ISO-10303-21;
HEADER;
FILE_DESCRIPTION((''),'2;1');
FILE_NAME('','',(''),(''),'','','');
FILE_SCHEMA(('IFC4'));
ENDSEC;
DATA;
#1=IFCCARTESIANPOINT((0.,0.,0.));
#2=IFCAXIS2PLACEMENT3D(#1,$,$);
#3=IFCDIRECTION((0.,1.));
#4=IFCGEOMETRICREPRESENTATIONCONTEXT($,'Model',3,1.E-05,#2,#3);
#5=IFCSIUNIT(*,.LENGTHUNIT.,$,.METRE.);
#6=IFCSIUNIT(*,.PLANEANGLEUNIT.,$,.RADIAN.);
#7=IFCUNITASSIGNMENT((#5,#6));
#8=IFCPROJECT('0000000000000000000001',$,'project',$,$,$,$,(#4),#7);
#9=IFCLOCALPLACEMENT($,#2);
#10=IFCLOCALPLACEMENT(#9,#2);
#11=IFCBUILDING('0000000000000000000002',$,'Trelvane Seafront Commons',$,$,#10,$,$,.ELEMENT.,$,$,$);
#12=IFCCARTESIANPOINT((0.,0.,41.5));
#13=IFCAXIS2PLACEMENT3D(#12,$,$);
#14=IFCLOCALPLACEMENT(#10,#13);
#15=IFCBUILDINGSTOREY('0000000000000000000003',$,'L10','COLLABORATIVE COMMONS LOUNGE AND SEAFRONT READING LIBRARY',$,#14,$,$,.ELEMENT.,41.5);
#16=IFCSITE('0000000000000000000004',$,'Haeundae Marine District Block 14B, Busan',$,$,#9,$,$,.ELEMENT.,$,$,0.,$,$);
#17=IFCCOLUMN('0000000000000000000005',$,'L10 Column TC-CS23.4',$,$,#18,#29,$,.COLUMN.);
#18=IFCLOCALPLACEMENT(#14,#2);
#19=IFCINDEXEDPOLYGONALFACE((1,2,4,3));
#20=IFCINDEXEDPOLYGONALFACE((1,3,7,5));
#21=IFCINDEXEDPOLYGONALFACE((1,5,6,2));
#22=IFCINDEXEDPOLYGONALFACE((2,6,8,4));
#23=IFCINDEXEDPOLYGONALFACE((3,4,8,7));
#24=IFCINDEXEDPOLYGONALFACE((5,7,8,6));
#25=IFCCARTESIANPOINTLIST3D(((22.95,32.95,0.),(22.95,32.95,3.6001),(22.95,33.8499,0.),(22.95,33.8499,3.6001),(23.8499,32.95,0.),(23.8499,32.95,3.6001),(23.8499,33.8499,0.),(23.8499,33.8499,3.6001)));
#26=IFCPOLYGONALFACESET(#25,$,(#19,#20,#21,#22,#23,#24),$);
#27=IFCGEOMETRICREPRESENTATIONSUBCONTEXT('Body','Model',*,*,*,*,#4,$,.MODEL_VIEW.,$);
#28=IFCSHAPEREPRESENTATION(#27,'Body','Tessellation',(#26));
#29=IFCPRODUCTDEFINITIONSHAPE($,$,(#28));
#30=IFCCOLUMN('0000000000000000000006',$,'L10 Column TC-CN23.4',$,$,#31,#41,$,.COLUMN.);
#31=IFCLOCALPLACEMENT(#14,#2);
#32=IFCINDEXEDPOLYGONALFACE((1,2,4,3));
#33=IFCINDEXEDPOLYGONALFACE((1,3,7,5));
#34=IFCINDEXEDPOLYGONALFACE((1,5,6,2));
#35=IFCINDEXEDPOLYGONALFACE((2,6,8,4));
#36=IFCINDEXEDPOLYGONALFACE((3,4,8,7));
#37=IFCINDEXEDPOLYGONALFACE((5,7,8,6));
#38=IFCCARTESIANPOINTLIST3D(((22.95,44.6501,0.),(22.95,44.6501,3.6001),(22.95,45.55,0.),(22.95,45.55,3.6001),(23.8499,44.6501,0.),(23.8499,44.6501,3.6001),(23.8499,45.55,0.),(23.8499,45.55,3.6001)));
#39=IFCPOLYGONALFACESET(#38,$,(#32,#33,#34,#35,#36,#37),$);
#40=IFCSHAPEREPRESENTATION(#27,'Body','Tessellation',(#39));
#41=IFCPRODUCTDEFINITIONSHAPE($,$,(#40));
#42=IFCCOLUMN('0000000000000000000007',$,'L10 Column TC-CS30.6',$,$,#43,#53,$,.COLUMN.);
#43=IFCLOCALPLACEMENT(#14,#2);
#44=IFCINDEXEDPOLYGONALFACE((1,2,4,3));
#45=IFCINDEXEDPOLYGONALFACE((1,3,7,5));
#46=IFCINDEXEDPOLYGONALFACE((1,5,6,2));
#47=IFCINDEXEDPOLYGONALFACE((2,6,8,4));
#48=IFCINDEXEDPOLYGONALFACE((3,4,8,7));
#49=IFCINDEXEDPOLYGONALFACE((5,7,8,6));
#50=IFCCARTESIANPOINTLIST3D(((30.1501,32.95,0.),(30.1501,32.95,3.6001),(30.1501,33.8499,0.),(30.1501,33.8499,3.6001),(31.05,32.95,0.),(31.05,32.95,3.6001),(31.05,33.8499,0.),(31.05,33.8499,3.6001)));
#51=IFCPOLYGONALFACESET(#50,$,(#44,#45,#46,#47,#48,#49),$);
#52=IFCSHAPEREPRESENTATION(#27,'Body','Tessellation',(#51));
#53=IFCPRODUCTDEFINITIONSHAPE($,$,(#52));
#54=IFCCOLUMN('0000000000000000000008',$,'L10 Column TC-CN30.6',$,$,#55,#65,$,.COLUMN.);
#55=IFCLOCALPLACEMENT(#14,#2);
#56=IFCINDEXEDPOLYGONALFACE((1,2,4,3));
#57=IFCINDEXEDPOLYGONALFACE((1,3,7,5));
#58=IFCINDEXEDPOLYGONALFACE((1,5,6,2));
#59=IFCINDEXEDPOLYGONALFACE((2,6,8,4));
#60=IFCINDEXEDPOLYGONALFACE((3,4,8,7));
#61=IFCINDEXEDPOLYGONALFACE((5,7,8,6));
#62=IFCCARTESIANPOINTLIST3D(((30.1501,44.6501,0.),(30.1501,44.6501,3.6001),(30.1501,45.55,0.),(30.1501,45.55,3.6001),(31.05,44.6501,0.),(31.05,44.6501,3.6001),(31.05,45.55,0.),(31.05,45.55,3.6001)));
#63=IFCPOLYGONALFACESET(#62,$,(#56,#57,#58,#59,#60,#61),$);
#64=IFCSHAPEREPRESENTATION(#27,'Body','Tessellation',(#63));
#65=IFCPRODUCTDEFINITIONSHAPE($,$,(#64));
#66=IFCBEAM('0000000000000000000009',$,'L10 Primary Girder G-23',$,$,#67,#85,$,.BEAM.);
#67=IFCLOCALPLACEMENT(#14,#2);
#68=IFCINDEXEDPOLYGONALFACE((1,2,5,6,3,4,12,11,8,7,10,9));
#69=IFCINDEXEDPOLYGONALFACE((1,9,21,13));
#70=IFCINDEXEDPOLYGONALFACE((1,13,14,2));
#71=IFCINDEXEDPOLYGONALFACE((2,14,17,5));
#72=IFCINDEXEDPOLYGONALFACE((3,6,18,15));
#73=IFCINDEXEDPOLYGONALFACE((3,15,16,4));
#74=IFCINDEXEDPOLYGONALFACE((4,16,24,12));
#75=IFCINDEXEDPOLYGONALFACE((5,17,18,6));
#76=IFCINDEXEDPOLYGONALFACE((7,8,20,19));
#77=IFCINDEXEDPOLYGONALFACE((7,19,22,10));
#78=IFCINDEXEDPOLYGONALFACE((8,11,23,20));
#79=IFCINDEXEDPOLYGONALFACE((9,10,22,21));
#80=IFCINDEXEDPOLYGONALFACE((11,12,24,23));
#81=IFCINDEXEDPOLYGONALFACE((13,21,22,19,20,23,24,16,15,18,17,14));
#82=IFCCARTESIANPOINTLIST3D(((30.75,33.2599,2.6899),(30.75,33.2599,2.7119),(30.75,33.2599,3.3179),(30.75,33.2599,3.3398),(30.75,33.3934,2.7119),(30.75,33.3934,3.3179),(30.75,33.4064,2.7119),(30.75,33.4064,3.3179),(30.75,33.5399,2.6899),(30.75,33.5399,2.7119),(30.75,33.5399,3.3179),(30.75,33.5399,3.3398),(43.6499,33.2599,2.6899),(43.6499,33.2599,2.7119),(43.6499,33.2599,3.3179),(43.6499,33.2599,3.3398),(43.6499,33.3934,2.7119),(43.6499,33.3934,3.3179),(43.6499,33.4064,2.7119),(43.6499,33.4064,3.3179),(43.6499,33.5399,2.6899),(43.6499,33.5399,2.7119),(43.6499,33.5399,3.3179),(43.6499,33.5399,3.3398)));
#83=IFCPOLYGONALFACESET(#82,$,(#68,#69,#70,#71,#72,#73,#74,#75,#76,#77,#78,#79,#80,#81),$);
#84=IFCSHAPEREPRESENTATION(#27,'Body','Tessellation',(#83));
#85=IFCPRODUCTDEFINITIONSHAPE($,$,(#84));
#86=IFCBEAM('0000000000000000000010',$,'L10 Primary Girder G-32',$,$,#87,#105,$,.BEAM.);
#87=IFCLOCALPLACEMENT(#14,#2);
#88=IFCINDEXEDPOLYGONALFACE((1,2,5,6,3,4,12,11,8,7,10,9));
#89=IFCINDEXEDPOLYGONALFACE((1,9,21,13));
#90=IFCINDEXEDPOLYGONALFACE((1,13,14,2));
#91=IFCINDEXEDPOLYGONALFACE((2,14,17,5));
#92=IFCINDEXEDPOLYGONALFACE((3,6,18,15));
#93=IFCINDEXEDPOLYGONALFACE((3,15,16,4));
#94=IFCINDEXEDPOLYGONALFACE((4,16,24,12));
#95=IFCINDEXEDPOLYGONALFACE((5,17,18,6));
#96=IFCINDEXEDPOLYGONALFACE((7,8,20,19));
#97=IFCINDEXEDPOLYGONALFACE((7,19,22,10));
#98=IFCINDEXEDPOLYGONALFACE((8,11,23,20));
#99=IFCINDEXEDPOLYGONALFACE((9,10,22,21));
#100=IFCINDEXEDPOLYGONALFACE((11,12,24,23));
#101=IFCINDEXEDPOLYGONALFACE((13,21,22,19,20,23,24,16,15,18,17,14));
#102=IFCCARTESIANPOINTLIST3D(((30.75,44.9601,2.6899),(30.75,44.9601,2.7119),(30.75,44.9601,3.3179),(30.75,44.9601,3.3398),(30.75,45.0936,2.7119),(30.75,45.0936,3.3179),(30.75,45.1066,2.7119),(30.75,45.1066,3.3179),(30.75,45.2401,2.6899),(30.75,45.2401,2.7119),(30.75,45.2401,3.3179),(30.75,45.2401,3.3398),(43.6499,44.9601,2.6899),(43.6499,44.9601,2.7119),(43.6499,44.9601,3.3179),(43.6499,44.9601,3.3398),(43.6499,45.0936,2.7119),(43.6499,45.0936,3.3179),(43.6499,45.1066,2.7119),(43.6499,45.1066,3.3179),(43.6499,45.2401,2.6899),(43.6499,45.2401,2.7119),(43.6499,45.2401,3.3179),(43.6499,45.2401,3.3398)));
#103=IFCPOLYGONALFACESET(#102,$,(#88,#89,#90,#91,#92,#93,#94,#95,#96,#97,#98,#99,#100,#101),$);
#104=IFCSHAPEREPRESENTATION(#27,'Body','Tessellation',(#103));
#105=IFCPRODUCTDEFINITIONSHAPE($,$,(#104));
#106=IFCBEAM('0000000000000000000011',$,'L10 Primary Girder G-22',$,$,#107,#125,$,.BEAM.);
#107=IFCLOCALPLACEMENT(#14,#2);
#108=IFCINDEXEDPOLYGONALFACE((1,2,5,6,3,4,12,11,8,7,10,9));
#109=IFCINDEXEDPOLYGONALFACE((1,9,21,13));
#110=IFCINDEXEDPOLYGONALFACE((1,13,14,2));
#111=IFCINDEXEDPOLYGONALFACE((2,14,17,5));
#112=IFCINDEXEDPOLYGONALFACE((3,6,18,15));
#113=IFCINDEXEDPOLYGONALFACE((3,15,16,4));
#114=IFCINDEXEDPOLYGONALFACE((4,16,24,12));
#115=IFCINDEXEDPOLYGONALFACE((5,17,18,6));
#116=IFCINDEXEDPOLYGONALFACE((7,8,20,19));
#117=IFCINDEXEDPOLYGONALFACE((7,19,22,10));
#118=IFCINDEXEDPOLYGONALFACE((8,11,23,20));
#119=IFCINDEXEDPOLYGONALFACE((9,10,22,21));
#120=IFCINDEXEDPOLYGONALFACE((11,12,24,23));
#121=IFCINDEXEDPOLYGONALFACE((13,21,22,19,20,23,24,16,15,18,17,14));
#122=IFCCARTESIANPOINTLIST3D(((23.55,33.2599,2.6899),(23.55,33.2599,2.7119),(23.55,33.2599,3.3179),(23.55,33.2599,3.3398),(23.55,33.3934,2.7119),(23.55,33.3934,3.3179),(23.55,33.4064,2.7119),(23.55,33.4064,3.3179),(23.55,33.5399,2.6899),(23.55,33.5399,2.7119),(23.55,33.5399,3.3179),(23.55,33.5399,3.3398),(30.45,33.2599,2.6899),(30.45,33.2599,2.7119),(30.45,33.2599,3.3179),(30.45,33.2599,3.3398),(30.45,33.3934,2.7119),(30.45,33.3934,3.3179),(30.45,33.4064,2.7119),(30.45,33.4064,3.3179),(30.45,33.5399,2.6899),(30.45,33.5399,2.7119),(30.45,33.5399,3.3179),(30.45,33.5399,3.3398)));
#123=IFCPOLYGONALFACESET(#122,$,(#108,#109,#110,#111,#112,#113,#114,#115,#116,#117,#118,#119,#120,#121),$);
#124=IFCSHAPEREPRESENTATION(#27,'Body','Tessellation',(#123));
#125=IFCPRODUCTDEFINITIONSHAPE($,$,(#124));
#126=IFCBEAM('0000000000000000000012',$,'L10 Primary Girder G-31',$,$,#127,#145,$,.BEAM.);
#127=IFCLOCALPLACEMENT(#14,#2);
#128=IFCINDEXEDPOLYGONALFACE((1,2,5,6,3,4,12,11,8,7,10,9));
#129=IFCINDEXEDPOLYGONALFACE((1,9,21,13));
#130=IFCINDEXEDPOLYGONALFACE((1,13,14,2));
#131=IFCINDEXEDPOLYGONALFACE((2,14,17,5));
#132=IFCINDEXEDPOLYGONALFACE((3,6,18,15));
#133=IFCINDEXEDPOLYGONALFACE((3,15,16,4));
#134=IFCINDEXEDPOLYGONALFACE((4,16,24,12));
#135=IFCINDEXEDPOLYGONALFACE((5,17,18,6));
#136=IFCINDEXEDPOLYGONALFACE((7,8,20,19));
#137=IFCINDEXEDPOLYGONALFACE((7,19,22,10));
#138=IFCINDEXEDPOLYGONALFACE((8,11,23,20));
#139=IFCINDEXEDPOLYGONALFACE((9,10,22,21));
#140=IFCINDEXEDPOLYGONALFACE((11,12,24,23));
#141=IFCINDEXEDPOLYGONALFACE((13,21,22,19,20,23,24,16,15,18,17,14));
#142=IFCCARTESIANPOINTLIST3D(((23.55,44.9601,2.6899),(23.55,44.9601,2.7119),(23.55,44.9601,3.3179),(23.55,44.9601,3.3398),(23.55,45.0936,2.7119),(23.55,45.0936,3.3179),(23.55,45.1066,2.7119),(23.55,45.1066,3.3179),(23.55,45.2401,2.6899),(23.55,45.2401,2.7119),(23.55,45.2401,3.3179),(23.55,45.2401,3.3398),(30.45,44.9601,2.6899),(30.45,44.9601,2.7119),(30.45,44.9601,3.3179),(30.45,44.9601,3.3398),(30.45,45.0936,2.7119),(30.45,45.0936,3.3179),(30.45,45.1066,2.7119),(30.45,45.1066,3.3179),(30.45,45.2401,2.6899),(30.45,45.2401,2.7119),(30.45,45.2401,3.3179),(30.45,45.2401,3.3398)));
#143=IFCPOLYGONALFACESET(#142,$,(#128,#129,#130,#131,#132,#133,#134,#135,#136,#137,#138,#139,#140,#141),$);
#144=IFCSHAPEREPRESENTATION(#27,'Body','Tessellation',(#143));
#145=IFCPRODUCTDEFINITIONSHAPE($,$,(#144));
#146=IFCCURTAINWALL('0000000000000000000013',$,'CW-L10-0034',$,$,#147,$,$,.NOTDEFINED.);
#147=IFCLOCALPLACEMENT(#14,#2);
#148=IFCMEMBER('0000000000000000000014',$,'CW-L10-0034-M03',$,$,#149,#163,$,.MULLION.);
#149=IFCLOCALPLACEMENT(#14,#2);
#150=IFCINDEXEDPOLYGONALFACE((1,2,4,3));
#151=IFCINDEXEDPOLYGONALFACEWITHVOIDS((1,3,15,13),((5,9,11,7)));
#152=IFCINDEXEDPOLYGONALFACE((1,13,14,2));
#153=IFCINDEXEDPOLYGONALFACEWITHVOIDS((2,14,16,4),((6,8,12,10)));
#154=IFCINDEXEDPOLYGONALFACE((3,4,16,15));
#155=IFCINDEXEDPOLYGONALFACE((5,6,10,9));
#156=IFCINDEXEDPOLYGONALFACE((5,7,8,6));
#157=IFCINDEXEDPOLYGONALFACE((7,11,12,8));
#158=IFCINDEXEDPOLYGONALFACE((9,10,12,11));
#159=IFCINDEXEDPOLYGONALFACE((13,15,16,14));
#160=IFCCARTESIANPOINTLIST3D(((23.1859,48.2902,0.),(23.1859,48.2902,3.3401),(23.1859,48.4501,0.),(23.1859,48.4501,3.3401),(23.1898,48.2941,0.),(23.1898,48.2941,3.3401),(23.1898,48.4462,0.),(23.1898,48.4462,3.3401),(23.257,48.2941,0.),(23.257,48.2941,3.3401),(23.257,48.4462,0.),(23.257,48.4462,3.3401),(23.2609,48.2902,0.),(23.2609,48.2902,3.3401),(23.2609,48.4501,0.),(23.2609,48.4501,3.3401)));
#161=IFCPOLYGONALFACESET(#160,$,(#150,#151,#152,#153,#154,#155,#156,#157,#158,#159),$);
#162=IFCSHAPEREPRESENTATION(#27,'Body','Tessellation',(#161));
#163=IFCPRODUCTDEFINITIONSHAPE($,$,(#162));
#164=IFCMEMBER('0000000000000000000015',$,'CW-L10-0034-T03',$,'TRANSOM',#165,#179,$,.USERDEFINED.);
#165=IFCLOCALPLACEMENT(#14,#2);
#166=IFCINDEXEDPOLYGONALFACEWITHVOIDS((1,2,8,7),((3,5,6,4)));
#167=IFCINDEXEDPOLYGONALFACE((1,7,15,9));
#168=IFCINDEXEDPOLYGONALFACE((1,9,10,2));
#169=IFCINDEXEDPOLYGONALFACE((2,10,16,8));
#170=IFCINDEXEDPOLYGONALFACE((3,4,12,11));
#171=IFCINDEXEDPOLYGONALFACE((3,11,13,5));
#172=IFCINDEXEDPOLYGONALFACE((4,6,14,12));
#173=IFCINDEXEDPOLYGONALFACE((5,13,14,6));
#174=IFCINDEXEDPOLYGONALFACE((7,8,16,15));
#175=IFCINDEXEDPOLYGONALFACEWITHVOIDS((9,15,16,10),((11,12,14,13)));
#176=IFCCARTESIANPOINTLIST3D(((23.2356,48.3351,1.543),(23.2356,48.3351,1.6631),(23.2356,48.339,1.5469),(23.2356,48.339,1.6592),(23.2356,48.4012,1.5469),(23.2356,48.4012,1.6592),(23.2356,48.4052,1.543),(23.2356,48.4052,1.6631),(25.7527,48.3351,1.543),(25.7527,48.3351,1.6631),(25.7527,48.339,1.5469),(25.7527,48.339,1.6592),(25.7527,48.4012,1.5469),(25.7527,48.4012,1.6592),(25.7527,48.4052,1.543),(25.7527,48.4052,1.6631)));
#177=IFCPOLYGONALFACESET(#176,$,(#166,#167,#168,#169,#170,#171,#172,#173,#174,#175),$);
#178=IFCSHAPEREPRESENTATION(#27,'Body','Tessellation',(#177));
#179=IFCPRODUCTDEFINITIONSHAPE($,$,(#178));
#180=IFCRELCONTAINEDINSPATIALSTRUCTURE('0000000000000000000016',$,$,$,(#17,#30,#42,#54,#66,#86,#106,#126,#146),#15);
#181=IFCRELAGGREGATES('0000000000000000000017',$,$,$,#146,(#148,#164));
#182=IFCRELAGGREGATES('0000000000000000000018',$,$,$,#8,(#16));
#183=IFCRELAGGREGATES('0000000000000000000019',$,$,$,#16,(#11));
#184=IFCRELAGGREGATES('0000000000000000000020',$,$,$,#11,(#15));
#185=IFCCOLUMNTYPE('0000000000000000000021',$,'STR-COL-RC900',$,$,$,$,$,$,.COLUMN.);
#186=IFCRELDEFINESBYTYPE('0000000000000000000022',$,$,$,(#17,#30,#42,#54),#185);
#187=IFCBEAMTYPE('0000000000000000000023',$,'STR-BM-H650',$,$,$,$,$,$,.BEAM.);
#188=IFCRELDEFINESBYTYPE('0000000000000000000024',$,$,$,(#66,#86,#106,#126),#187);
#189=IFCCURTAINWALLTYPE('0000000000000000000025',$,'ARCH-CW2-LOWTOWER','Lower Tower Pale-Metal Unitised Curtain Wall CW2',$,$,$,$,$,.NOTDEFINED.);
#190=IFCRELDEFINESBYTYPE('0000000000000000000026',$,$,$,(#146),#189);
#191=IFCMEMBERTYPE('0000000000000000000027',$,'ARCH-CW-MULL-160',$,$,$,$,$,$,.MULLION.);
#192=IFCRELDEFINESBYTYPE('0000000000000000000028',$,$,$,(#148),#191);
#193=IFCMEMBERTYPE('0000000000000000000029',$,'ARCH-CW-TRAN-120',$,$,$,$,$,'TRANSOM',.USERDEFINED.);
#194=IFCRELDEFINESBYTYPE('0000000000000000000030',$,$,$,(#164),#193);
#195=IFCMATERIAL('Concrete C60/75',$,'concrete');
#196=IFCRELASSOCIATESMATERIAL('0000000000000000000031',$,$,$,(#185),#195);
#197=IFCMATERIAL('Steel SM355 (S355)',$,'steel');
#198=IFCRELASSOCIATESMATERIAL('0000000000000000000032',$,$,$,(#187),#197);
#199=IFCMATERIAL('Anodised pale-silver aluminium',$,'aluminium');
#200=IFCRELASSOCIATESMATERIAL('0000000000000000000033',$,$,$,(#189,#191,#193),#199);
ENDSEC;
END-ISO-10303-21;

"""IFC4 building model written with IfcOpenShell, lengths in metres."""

from ifc_helpers import new_model, si_unit, direction, frame, origin, origin_2d, place, context, subcontext, project, spatial, rectangle, hollow_rectangle, i_section, extrude, source, transform, mapped, material, material_profile, profile_set, type_object, element, aggregate, save


model = new_model("IFC4")

# Units and contexts
model_context = context("Model", 3, precision=1e-05, world=origin(), true_north=direction((0.0, 1.0)))
body_context = subcontext(model_context, "Body", "Model", "MODEL_VIEW")
ifc_project = project(units=[si_unit("LENGTHUNIT", "METRE"), si_unit("PLANEANGLEUNIT", "RADIAN")], contexts=[model_context])

# Site, building, storey
site_placement = place(None, origin())
site = spatial("IfcSite", under=ifc_project, at=site_placement, Name="Haeundae Marine District Block 14B, Busan", CompositionType="ELEMENT", RefElevation=0.0)
building_placement = place(site_placement, origin())
building = spatial("IfcBuilding", under=site, at=building_placement, Name="Trelvane Seafront Commons", CompositionType="ELEMENT")
storey_placement = place(building_placement, frame((0.0, 0.0, 41.5)))
storey = spatial("IfcBuildingStorey", under=building, at=storey_placement, Name="L10", Description="COLLABORATIVE COMMONS LOUNGE AND SEAFRONT READING LIBRARY", CompositionType="ELEMENT", Elevation=41.5)

# Columns
ifc_material_1 = material(Name="Concrete C60/75", Category="concrete")
ifc_material_profile_1 = material_profile(ifc_material_1, rectangle(XDim=0.8999, YDim=0.8999, at=origin_2d()), Name="RC-900x900")
ifc_profile_set_1 = profile_set([ifc_material_profile_1], Name="Concrete C60/75")
column_type = type_object("IfcColumnType", Name="STR-COL-RC900", PredefinedType="COLUMN", material=ifc_profile_set_1)
shared_shape_1 = source(origin(), body_context, "Body", "SweptSolid", [
    extrude(rectangle(XDim=0.8999, YDim=0.8999, at=origin_2d()), origin(), (0.0, 0.0, 1.0), 3.6001),
])
for number, where, z_axis, x_axis, name in (
    (1, (23.3999, 33.3999, 0.0), (0.0, 0.0, 1.0), (1.0, 0.0, 0.0), "L10 Column TC-CS23.4"),
    (2, (23.3999, 45.1001, 0.0), (0.0, 0.0, 1.0), (1.0, 0.0, 0.0), "L10 Column TC-CN23.4"),
    (3, (30.6001, 33.3999, 0.0), (0.0, 0.0, 1.0), (1.0, 0.0, 0.0), "L10 Column TC-CS30.6"),
    (4, (30.6001, 45.1001, 0.0), (0.0, 0.0, 1.0), (1.0, 0.0, 0.0), "L10 Column TC-CN30.6"),
):
    element("IfcColumn", number, at=place(storey_placement, frame(where, z_axis=z_axis, x_axis=x_axis)), inside=storey, type_object=column_type, Name=name, PredefinedType="COLUMN", context=body_context, shape_type="MappedRepresentation", body=[
        mapped(shared_shape_1, transform((0.0, 0.0, 0.0), x_axis=(1.0, 0.0, 0.0), y_axis=(0.0, 1.0, 0.0), z_axis=(0.0, 0.0, 1.0), scale=1.0)),
    ])

# Beams
ifc_material_2 = material(Name="Steel SM355 (S355)", Category="steel")
ifc_material_profile_2 = material_profile(ifc_material_2, i_section(OverallWidth=0.28, OverallDepth=0.6499, WebThickness=0.0129, FlangeThickness=0.022, at=origin_2d()), Name="H-650x280x13x22")
ifc_profile_set_2 = profile_set([ifc_material_profile_2], Name="Steel SM355 (S355)")
beam_type = type_object("IfcBeamType", Name="STR-BM-H650", PredefinedType="BEAM", material=ifc_profile_set_2)
shared_shape_2 = source(origin(), body_context, "Body", "SweptSolid", [
    extrude(i_section(OverallWidth=0.28, OverallDepth=0.6499, WebThickness=0.0129, FlangeThickness=0.022, at=origin_2d()), origin(), (0.0, 0.0, 1.0), 12.8999),
])
for number, where, z_axis, x_axis, name in (
    (5, (30.75, 33.3999, 3.0149), (1.0, 0.0, 0.0), (0.0, 1.0, 0.0), "L10 Primary Girder G-23"),
    (6, (30.75, 45.1001, 3.0149), (1.0, 0.0, 0.0), (0.0, 1.0, 0.0), "L10 Primary Girder G-32"),
):
    element("IfcBeam", number, at=place(storey_placement, frame(where, z_axis=z_axis, x_axis=x_axis)), inside=storey, type_object=beam_type, Name=name, PredefinedType="BEAM", context=body_context, shape_type="MappedRepresentation", body=[
        mapped(shared_shape_2, transform((0.0, 0.0, 0.0), x_axis=(1.0, 0.0, 0.0), y_axis=(0.0, 1.0, 0.0), z_axis=(0.0, 0.0, 1.0), scale=1.0)),
    ])
shared_shape_3 = source(origin(), body_context, "Body", "SweptSolid", [
    extrude(i_section(OverallWidth=0.28, OverallDepth=0.6499, WebThickness=0.0129, FlangeThickness=0.022, at=origin_2d()), origin(), (0.0, 0.0, 1.0), 6.8999),
])
for number, where, z_axis, x_axis, name in (
    (7, (23.55, 33.3999, 3.0149), (1.0, 0.0, 0.0), (0.0, 1.0, 0.0), "L10 Primary Girder G-22"),
    (8, (23.55, 45.1001, 3.0149), (1.0, 0.0, 0.0), (0.0, 1.0, 0.0), "L10 Primary Girder G-31"),
):
    element("IfcBeam", number, at=place(storey_placement, frame(where, z_axis=z_axis, x_axis=x_axis)), inside=storey, type_object=beam_type, Name=name, PredefinedType="BEAM", context=body_context, shape_type="MappedRepresentation", body=[
        mapped(shared_shape_3, transform((0.0, 0.0, 0.0), x_axis=(1.0, 0.0, 0.0), y_axis=(0.0, 1.0, 0.0), z_axis=(0.0, 0.0, 1.0), scale=1.0)),
    ])

# Curtain wall, members
ifc_material_3 = material(Name="Anodised pale-silver aluminium", Category="aluminium")
curtain_wall_type = type_object("IfcCurtainWallType", Name="ARCH-CW2-LOWTOWER", Description="Lower Tower Pale-Metal Unitised Curtain Wall CW2", PredefinedType="NOTDEFINED", material=ifc_material_3)
curtain_wall_placement = place(storey_placement, origin())
curtain_wall = element("IfcCurtainWall", 9, at=curtain_wall_placement, inside=storey, type_object=curtain_wall_type, Name="CW-L10-0034", PredefinedType="NOTDEFINED")
ifc_material_profile_3 = material_profile(ifc_material_3, hollow_rectangle(XDim=0.075, YDim=0.1599, WallThickness=0.0039, at=origin_2d()), Name="MULL-75x160x4")
ifc_profile_set_3 = profile_set([ifc_material_profile_3], Name="Anodised pale-silver aluminium")
member_type_1 = type_object("IfcMemberType", Name="ARCH-CW-MULL-160", PredefinedType="MULLION", material=ifc_profile_set_3)
shared_shape_4 = source(origin(), body_context, "Body", "SweptSolid", [
    extrude(hollow_rectangle(XDim=0.075, YDim=0.1599, WallThickness=0.0039, at=origin_2d()), origin(), (0.0, 0.0, 1.0), 3.3401),
])
member_1_placement = place(storey_placement, frame((23.2234, 48.3701, 0.0), z_axis=(0.0, 0.0, 1.0), x_axis=(1.0, 0.0, 0.0)))
member_1 = element("IfcMember", 10, at=member_1_placement, type_object=member_type_1, Name="CW-L10-0034-M03", PredefinedType="MULLION", context=body_context, shape_type="MappedRepresentation", body=[
    mapped(shared_shape_4, transform((0.0, 0.0, 0.0), x_axis=(1.0, 0.0, 0.0), y_axis=(0.0, 1.0, 0.0), z_axis=(0.0, 0.0, 1.0), scale=1.0)),
])
ifc_material_profile_4 = material_profile(ifc_material_3, hollow_rectangle(XDim=0.0701, YDim=0.1201, WallThickness=0.0039, at=origin_2d()), Name="TRAN-70x120x4")
ifc_profile_set_4 = profile_set([ifc_material_profile_4], Name="Anodised pale-silver aluminium")
member_type_2 = type_object("IfcMemberType", Name="ARCH-CW-TRAN-120", ElementType="TRANSOM", PredefinedType="USERDEFINED", material=ifc_profile_set_4)
shared_shape_5 = source(origin(), body_context, "Body", "SweptSolid", [
    extrude(hollow_rectangle(XDim=0.0701, YDim=0.1201, WallThickness=0.0039, at=origin_2d()), origin(), (0.0, 0.0, 1.0), 2.5171),
])
member_2_placement = place(storey_placement, frame((23.2356, 48.3701, 1.603), z_axis=(1.0, 0.0, 0.0), x_axis=(0.0, 1.0, 0.0)))
member_2 = element("IfcMember", 11, at=member_2_placement, type_object=member_type_2, Name="CW-L10-0034-T03", ObjectType="TRANSOM", PredefinedType="USERDEFINED", context=body_context, shape_type="MappedRepresentation", body=[
    mapped(shared_shape_5, transform((0.0, 0.0, 0.0), x_axis=(1.0, 0.0, 0.0), y_axis=(0.0, 1.0, 0.0), z_axis=(0.0, 0.0, 1.0), scale=1.0)),
])
aggregate(curtain_wall, [member_1, member_2])

save(model, "model.ifc")
